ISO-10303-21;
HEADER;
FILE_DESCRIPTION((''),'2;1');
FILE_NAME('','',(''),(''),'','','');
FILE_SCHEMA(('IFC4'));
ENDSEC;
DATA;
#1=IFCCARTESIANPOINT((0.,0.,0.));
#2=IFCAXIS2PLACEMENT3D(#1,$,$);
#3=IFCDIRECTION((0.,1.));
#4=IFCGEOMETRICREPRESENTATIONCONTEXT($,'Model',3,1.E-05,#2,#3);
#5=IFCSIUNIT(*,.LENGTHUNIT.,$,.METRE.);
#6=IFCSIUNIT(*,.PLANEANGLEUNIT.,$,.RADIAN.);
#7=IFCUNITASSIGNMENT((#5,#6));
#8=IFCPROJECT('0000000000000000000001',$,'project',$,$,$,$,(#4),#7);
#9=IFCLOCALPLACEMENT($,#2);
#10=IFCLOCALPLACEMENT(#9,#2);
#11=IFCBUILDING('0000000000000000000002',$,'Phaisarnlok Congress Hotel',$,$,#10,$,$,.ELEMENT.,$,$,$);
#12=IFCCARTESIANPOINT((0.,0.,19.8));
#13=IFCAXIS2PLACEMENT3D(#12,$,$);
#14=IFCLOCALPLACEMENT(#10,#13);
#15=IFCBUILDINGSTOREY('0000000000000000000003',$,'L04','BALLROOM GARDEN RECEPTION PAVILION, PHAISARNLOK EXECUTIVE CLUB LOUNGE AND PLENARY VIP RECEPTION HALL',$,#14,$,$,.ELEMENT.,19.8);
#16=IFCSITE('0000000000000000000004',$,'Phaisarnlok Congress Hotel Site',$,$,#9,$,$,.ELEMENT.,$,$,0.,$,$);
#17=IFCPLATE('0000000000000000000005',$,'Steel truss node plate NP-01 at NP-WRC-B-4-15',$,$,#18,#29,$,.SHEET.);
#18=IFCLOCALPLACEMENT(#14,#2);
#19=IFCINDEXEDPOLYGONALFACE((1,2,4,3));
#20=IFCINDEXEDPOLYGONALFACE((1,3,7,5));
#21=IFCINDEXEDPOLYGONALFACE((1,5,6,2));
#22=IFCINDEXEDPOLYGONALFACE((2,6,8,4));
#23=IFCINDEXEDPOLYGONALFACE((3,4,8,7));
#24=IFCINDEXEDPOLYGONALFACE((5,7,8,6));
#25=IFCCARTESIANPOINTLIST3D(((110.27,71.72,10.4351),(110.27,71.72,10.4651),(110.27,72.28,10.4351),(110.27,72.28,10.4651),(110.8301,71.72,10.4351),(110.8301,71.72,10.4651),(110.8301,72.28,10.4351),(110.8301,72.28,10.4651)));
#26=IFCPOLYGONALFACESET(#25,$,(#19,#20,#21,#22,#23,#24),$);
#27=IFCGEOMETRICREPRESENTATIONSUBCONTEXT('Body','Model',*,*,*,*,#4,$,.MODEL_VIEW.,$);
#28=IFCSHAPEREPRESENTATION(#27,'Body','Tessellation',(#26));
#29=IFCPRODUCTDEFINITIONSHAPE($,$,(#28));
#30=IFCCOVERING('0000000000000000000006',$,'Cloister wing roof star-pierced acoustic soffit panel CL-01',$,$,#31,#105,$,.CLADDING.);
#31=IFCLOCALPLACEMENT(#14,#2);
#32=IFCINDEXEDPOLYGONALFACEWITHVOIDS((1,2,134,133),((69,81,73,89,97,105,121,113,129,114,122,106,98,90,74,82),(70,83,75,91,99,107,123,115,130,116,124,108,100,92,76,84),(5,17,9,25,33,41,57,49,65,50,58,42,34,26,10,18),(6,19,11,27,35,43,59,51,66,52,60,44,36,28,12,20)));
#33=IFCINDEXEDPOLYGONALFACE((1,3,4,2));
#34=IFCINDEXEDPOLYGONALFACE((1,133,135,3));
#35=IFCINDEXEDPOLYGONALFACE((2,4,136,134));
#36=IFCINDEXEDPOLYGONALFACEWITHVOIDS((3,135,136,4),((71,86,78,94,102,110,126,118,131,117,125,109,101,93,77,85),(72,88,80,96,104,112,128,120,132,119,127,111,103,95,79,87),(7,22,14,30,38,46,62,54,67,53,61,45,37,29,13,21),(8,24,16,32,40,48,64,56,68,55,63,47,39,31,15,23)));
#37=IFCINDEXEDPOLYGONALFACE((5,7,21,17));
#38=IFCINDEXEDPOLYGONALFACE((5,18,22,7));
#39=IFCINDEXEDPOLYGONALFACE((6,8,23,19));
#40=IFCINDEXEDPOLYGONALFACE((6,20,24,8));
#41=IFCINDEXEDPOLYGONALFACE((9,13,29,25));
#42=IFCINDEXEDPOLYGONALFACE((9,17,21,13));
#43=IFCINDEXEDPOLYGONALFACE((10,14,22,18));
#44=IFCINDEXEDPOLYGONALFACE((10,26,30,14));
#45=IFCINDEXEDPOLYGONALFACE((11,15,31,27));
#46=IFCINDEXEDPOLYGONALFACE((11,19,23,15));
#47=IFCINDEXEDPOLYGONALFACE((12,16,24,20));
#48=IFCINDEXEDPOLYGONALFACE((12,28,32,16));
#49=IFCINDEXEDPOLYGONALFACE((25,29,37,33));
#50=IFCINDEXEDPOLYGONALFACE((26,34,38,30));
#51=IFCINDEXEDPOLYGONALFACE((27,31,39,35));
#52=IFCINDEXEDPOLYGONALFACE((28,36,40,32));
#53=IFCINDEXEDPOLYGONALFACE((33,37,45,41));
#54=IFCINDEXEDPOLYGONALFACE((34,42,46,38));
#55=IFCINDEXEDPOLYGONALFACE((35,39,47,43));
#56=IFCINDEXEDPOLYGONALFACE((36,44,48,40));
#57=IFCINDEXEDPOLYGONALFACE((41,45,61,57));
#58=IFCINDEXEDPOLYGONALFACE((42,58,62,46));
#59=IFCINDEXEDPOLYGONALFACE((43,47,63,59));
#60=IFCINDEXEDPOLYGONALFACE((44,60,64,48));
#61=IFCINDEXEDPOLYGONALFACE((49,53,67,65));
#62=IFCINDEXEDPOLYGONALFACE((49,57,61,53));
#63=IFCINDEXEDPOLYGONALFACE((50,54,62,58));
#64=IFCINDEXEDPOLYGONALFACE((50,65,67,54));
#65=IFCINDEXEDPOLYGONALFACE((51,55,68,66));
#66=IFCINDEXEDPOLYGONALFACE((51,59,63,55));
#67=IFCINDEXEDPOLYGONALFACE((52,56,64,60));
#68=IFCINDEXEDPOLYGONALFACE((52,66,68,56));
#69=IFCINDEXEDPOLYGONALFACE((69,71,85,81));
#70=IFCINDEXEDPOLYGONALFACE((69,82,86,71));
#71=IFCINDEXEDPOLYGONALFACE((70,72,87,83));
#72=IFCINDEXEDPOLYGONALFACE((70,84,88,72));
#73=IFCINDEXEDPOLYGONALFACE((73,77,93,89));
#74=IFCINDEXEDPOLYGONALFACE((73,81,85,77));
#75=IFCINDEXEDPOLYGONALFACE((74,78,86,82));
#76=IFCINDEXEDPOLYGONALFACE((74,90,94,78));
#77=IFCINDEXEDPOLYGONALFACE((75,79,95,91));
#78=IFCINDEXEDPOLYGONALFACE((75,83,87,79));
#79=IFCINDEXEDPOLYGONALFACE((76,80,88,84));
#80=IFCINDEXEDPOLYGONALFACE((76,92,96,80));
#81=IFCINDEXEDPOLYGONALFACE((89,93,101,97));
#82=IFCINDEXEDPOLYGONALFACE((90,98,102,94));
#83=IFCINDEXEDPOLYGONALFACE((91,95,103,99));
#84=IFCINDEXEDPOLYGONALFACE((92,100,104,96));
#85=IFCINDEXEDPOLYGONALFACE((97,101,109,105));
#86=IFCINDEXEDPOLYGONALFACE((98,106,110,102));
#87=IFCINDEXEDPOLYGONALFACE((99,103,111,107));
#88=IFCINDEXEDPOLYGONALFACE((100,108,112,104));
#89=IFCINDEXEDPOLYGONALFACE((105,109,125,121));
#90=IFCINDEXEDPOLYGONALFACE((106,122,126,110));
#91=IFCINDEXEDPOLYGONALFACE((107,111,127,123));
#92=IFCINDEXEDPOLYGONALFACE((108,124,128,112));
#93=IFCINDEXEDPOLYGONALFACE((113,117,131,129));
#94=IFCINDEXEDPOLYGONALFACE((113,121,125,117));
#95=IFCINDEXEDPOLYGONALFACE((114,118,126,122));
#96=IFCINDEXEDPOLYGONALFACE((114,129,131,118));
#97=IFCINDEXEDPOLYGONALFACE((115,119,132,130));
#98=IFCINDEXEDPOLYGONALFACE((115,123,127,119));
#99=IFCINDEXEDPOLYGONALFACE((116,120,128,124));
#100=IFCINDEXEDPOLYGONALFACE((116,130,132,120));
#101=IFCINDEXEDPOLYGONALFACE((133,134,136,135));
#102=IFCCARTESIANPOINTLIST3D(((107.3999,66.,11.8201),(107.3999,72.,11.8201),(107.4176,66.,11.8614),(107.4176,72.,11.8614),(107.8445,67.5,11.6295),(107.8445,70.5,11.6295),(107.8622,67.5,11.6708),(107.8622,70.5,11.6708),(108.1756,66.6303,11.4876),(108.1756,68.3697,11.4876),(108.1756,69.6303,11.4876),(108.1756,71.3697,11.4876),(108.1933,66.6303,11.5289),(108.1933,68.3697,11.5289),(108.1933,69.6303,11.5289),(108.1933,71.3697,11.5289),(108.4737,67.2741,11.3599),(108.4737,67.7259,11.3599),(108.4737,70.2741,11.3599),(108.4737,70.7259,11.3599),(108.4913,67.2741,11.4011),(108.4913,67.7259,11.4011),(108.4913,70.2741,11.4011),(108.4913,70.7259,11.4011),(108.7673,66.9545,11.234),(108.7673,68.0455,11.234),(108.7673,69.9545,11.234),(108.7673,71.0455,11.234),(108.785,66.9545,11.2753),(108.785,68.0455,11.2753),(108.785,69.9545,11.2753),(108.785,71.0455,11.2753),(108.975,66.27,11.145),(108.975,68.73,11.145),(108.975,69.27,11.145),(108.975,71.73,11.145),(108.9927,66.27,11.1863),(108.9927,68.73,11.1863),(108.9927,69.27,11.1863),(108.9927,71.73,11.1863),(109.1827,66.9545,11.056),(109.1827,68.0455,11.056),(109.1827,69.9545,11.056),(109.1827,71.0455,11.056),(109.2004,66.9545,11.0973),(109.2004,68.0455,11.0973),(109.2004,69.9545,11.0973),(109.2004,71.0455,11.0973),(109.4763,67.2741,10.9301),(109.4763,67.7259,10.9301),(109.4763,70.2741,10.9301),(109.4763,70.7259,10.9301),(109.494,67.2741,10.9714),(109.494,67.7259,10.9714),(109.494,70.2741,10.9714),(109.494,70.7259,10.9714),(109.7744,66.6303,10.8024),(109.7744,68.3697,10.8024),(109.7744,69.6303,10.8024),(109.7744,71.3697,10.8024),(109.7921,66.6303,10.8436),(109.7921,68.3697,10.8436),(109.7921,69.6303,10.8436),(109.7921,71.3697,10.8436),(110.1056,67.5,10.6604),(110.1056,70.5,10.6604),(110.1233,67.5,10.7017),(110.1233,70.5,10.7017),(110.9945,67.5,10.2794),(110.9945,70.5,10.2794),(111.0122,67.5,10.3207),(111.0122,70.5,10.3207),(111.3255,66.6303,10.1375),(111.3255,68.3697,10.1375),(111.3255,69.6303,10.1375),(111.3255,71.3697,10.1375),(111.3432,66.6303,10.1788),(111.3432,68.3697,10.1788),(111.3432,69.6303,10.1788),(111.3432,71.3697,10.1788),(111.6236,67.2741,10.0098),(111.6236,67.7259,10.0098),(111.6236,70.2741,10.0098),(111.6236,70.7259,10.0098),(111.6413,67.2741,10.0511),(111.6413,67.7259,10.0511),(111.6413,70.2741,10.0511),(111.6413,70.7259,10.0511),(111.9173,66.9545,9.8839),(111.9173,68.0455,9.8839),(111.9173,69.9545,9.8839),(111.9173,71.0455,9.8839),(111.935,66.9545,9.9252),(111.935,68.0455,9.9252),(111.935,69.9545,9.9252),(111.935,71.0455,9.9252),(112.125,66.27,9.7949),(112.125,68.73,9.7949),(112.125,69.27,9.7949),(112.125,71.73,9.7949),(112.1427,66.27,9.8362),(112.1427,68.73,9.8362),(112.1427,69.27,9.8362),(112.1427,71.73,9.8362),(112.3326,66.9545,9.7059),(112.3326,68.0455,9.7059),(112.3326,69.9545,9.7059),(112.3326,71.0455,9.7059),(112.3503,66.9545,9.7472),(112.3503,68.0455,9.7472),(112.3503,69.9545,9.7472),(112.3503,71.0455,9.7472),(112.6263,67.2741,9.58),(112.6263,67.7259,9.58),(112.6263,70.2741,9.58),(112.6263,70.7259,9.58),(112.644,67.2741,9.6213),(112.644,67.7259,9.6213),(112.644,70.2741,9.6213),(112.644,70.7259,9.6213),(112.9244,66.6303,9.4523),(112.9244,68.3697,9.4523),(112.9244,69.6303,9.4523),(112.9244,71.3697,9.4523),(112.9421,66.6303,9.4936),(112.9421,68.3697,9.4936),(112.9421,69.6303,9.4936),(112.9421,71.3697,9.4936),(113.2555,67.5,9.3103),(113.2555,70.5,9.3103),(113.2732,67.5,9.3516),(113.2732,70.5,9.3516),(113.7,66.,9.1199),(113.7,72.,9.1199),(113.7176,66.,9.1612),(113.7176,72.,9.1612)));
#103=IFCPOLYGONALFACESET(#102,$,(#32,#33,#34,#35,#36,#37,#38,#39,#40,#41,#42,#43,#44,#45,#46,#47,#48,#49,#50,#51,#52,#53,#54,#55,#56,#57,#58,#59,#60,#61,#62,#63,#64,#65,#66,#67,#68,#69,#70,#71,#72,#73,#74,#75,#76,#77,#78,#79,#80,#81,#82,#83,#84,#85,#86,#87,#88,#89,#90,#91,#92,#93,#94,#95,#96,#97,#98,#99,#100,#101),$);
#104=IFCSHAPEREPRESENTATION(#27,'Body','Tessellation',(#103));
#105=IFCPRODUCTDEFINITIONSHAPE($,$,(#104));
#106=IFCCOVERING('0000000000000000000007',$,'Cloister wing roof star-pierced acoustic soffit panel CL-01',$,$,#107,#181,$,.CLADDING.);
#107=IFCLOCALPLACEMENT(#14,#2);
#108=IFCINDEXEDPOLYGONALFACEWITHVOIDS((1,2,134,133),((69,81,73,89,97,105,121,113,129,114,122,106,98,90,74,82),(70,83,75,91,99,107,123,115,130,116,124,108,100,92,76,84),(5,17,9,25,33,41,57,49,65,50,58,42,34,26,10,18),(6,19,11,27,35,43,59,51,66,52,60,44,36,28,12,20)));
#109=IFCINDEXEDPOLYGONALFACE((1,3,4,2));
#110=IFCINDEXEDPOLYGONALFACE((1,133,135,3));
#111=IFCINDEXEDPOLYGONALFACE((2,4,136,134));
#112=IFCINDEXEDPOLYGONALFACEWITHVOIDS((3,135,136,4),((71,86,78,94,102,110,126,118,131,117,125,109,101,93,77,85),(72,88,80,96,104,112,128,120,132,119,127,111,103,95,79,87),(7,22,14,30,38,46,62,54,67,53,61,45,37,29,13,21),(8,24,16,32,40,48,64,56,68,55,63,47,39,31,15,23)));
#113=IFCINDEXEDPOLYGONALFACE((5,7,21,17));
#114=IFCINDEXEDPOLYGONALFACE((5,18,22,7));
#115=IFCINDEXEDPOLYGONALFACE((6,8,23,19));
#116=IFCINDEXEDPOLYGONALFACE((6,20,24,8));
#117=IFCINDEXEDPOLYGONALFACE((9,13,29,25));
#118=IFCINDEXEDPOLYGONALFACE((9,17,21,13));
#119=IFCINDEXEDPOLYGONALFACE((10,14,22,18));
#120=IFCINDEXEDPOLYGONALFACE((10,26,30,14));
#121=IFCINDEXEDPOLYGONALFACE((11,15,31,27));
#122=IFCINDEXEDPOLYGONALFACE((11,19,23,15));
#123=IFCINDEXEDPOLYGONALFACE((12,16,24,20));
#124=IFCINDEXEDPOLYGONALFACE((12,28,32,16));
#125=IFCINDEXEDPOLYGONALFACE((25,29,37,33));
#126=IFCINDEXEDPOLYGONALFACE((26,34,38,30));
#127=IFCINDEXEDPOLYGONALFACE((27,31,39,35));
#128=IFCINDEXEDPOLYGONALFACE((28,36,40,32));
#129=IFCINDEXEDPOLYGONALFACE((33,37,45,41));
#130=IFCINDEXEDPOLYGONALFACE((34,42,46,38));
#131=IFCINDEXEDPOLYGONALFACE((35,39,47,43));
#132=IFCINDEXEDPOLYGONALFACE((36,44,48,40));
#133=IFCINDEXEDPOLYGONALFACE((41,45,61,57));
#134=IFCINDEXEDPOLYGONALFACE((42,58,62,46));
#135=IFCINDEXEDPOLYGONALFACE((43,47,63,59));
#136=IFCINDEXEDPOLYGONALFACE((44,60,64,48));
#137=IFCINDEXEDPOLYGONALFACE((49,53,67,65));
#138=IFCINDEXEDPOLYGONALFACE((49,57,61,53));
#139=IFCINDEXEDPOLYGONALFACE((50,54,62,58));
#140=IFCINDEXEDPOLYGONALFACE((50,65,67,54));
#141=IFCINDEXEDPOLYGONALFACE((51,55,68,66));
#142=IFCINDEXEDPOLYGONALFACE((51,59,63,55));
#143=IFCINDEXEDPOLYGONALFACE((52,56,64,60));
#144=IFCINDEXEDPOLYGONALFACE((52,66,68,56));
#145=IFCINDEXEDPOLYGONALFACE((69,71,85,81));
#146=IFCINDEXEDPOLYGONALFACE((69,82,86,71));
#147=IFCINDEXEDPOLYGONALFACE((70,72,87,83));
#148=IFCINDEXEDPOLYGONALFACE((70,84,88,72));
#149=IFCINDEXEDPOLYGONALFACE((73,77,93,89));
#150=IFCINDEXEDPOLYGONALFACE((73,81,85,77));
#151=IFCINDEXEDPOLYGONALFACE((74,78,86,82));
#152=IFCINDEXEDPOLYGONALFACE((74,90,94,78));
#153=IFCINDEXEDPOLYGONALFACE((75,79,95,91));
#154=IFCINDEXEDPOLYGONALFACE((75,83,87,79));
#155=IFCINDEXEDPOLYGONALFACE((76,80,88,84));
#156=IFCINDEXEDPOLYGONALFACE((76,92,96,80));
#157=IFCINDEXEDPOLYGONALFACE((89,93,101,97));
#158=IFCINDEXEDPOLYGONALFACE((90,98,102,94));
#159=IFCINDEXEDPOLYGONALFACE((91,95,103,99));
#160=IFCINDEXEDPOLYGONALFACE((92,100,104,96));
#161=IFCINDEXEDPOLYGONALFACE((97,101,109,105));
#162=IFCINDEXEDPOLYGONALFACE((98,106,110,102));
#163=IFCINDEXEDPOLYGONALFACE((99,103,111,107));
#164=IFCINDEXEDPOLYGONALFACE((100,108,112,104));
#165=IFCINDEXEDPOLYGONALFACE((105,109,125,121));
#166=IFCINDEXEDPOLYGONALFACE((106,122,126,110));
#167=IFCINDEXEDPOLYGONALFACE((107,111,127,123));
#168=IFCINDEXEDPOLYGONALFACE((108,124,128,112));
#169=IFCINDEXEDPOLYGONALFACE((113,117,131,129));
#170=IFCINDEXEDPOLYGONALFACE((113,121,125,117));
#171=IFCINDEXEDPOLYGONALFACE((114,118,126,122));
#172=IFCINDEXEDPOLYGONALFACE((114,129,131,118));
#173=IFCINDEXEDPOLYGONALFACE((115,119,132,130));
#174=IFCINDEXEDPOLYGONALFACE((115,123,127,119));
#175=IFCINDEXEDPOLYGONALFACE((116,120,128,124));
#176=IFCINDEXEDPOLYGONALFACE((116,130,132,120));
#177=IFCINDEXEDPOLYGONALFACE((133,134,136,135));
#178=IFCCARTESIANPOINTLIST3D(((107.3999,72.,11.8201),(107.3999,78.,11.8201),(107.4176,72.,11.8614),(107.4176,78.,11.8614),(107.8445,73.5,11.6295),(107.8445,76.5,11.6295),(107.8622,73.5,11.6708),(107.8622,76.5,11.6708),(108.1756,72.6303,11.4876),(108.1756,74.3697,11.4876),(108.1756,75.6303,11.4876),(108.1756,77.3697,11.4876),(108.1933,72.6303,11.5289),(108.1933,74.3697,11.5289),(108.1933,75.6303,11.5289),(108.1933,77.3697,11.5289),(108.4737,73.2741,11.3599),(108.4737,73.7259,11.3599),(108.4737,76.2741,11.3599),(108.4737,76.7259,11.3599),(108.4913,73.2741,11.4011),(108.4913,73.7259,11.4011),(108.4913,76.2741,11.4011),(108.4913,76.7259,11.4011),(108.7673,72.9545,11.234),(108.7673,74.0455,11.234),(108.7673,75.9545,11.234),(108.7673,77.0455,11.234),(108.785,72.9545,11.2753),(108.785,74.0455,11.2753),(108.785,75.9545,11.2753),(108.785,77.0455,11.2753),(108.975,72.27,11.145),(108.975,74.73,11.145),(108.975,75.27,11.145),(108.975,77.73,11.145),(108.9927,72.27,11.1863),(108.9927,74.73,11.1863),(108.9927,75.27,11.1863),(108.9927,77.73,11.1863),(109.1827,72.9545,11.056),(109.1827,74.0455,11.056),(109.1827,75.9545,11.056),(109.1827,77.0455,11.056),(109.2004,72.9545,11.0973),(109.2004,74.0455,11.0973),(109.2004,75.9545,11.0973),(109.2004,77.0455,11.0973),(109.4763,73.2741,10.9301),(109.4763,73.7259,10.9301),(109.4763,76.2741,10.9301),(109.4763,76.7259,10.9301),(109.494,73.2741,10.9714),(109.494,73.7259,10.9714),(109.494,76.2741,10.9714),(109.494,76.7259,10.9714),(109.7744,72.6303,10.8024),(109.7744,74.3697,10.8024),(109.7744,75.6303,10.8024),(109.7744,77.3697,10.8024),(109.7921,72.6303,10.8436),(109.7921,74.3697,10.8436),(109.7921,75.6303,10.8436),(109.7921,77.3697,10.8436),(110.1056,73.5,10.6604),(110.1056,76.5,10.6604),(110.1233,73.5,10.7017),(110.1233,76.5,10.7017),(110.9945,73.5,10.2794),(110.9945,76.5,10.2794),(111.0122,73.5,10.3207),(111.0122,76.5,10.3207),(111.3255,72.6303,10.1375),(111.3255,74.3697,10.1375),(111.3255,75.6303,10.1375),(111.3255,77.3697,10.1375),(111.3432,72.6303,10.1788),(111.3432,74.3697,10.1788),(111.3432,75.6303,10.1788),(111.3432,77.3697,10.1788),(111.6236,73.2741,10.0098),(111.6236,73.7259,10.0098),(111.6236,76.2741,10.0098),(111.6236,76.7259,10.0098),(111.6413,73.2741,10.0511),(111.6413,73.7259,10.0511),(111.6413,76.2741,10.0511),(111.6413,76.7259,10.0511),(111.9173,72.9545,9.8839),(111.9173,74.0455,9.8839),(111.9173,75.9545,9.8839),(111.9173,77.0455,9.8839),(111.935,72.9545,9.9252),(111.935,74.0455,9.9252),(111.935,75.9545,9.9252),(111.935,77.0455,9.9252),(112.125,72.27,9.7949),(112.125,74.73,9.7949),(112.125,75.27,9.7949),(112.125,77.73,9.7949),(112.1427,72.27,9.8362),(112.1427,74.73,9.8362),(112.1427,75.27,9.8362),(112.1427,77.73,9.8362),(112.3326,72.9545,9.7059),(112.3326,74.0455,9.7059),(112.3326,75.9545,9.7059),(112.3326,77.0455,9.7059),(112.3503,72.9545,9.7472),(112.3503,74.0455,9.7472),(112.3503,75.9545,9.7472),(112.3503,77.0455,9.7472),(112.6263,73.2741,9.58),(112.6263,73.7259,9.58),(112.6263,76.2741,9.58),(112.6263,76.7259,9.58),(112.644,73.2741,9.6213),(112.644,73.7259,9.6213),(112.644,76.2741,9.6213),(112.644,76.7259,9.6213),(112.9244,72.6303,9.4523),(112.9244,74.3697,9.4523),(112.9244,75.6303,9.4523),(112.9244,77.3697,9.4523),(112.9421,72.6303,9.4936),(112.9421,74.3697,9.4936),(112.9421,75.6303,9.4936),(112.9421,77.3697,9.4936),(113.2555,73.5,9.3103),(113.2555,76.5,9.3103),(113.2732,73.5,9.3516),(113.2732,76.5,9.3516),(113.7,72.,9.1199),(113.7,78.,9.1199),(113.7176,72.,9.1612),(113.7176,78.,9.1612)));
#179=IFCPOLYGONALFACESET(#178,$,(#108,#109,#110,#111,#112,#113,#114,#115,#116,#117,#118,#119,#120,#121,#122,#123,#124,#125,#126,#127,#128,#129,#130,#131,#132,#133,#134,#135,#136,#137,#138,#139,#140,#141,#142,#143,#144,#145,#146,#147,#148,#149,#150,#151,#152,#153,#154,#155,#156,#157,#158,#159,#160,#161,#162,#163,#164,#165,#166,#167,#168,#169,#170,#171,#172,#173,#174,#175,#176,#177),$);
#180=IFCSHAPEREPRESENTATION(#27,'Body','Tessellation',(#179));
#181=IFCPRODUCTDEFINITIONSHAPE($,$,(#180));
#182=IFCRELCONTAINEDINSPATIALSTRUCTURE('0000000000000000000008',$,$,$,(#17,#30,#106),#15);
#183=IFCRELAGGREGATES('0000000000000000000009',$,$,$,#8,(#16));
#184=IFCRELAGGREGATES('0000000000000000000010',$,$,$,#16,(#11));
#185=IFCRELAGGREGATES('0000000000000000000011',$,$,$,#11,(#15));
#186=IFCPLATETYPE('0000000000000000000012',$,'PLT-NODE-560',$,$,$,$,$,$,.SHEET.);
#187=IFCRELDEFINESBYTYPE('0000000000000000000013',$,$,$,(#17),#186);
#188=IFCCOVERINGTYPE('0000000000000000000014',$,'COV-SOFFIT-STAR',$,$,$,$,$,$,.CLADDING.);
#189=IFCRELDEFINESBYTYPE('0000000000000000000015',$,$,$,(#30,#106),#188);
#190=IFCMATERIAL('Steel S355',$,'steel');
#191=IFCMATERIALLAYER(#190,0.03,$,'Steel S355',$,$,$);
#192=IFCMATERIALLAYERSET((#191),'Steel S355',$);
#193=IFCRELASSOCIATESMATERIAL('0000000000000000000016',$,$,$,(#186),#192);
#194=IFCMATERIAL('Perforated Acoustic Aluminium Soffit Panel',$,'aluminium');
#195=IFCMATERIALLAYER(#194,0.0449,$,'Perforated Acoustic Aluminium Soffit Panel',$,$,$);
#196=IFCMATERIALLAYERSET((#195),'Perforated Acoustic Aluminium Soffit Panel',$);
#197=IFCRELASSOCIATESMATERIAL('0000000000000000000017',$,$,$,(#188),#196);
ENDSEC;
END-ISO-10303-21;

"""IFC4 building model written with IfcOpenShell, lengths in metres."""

from ifc_helpers import new_model, si_unit, direction, frame, origin, origin_2d, place, context, subcontext, project, spatial, polyline, rectangle, outline, extrude, material, layer, layer_set, type_object, element, save


model = new_model("IFC4")

# Units and contexts
model_context = context("Model", 3, precision=1e-05, world=origin(), true_north=direction((0.0, 1.0)))
body_context = subcontext(model_context, "Body", "Model", "MODEL_VIEW")
ifc_project = project(units=[si_unit("LENGTHUNIT", "METRE"), si_unit("PLANEANGLEUNIT", "RADIAN")], contexts=[model_context])

# Site, building, storey
site_placement = place(None, origin())
site = spatial("IfcSite", under=ifc_project, at=site_placement, Name="Phaisarnlok Congress Hotel Site", CompositionType="ELEMENT", RefElevation=0.0)
building_placement = place(site_placement, origin())
building = spatial("IfcBuilding", under=site, at=building_placement, Name="Phaisarnlok Congress Hotel", CompositionType="ELEMENT")
storey_placement = place(building_placement, frame((0.0, 0.0, 19.8)))
storey = spatial("IfcBuildingStorey", under=building, at=storey_placement, Name="L04", Description="BALLROOM GARDEN RECEPTION PAVILION, PHAISARNLOK EXECUTIVE CLUB LOUNGE AND PLENARY VIP RECEPTION HALL", CompositionType="ELEMENT", Elevation=19.8)

# Shared definitions
ifc_material_1 = material(Name="Steel S355", Category="steel")

# Plate
ifc_layer_1 = layer(ifc_material_1, 0.03, Name="Steel S355")
ifc_layer_set_1 = layer_set([ifc_layer_1], Name="Steel S355")
plate_type_1 = type_object("IfcPlateType", Name="PLT-NODE-560", PredefinedType="SHEET", material=ifc_layer_set_1)
for number, where, z_axis, x_axis, name in (
    (1, (110.55, 72.0, 10.4351), (0.0, 0.0, 1.0), (1.0, 0.0, 0.0), "Steel truss node plate NP-01 at NP-WRC-B-4-15"),
):
    element("IfcPlate", number, at=place(storey_placement, frame(where, z_axis=z_axis, x_axis=x_axis)), inside=storey, type_object=plate_type_1, Name=name, PredefinedType="SHEET", context=body_context, shape_type="SweptSolid", body=[
        extrude(rectangle(XDim=0.5601, YDim=0.5601, at=origin_2d()), origin(), (0.0, 0.0, 1.0), 0.03),
    ])

# Coverings
ifc_material_2 = material(Name="Perforated Acoustic Aluminium Soffit Panel", Category="aluminium")
ifc_layer_2 = layer(ifc_material_2, 0.0449, Name="Perforated Acoustic Aluminium Soffit Panel")
ifc_layer_set_2 = layer_set([ifc_layer_2], Name="Perforated Acoustic Aluminium Soffit Panel")
covering_type = type_object("IfcCoveringType", Name="COV-SOFFIT-STAR", PredefinedType="CLADDING", material=ifc_layer_set_2)
for number, where, z_axis, x_axis, name in (
    (2, (113.7, 66.0, 9.1199), (0.393941, 0.0, 0.919136), (0.0, 1.0, 0.0), "Cloister wing roof star-pierced acoustic soffit panel CL-01"),
    (3, (113.7, 72.0, 9.1199), (0.393941, 0.0, 0.919136), (0.0, 1.0, 0.0), "Cloister wing roof star-pierced acoustic soffit panel CL-01"),
):
    element("IfcCovering", number, at=place(storey_placement, frame(where, z_axis=z_axis, x_axis=x_axis)), inside=storey, type_object=covering_type, Name=name, PredefinedType="CLADDING", context=body_context, shape_type="SweptSolid", body=[
        extrude(outline(polyline([(0.0, 0.0), (6.0, 0.0), (6.0, 6.8543), (0.0, 6.8543), (0.0, 0.0)]), holes=[polyline([(2.0455, 1.4876), (2.3697, 0.8438), (1.7259, 1.1681), (1.5, 0.4835), (1.2741, 1.1681), (0.6303, 0.8438), (0.9545, 1.4876), (0.27, 1.7135), (0.9545, 1.9395), (0.6303, 2.5833), (1.2741, 2.259), (1.5, 2.9435), (1.7259, 2.259), (2.3697, 2.5833), (2.0455, 1.9395), (2.73, 1.7135), (2.0455, 1.4876)]), polyline([(2.0455, 4.9147), (2.3697, 4.2709), (1.7259, 4.5952), (1.5, 3.9106), (1.2741, 4.5952), (0.6303, 4.2709), (0.9545, 4.9147), (0.27, 5.1406), (0.9545, 5.3666), (0.6303, 6.0104), (1.2741, 5.6861), (1.5, 6.3706), (1.7259, 5.6861), (2.3697, 6.0104), (2.0455, 5.3666), (2.73, 5.1406), (2.0455, 4.9147)]), polyline([(5.0455, 1.4876), (5.3697, 0.8438), (4.7259, 1.1681), (4.5, 0.4835), (4.2741, 1.1681), (3.6303, 0.8438), (3.9545, 1.4876), (3.27, 1.7135), (3.9545, 1.9395), (3.6303, 2.5833), (4.2741, 2.259), (4.5, 2.9435), (4.7259, 2.259), (5.3697, 2.5833), (5.0455, 1.9395), (5.73, 1.7135), (5.0455, 1.4876)]), polyline([(5.0455, 4.9147), (5.3697, 4.2709), (4.7259, 4.5952), (4.5, 3.9106), (4.2741, 4.5952), (3.6303, 4.2709), (3.9545, 4.9147), (3.27, 5.1406), (3.9545, 5.3666), (3.6303, 6.0104), (4.2741, 5.6861), (4.5, 6.3706), (4.7259, 5.6861), (5.3697, 6.0104), (5.0455, 5.3666), (5.73, 5.1406), (5.0455, 4.9147)])]), origin(), (0.0, 0.0, 1.0), 0.0449),
    ])

save(model, "model.ifc")
